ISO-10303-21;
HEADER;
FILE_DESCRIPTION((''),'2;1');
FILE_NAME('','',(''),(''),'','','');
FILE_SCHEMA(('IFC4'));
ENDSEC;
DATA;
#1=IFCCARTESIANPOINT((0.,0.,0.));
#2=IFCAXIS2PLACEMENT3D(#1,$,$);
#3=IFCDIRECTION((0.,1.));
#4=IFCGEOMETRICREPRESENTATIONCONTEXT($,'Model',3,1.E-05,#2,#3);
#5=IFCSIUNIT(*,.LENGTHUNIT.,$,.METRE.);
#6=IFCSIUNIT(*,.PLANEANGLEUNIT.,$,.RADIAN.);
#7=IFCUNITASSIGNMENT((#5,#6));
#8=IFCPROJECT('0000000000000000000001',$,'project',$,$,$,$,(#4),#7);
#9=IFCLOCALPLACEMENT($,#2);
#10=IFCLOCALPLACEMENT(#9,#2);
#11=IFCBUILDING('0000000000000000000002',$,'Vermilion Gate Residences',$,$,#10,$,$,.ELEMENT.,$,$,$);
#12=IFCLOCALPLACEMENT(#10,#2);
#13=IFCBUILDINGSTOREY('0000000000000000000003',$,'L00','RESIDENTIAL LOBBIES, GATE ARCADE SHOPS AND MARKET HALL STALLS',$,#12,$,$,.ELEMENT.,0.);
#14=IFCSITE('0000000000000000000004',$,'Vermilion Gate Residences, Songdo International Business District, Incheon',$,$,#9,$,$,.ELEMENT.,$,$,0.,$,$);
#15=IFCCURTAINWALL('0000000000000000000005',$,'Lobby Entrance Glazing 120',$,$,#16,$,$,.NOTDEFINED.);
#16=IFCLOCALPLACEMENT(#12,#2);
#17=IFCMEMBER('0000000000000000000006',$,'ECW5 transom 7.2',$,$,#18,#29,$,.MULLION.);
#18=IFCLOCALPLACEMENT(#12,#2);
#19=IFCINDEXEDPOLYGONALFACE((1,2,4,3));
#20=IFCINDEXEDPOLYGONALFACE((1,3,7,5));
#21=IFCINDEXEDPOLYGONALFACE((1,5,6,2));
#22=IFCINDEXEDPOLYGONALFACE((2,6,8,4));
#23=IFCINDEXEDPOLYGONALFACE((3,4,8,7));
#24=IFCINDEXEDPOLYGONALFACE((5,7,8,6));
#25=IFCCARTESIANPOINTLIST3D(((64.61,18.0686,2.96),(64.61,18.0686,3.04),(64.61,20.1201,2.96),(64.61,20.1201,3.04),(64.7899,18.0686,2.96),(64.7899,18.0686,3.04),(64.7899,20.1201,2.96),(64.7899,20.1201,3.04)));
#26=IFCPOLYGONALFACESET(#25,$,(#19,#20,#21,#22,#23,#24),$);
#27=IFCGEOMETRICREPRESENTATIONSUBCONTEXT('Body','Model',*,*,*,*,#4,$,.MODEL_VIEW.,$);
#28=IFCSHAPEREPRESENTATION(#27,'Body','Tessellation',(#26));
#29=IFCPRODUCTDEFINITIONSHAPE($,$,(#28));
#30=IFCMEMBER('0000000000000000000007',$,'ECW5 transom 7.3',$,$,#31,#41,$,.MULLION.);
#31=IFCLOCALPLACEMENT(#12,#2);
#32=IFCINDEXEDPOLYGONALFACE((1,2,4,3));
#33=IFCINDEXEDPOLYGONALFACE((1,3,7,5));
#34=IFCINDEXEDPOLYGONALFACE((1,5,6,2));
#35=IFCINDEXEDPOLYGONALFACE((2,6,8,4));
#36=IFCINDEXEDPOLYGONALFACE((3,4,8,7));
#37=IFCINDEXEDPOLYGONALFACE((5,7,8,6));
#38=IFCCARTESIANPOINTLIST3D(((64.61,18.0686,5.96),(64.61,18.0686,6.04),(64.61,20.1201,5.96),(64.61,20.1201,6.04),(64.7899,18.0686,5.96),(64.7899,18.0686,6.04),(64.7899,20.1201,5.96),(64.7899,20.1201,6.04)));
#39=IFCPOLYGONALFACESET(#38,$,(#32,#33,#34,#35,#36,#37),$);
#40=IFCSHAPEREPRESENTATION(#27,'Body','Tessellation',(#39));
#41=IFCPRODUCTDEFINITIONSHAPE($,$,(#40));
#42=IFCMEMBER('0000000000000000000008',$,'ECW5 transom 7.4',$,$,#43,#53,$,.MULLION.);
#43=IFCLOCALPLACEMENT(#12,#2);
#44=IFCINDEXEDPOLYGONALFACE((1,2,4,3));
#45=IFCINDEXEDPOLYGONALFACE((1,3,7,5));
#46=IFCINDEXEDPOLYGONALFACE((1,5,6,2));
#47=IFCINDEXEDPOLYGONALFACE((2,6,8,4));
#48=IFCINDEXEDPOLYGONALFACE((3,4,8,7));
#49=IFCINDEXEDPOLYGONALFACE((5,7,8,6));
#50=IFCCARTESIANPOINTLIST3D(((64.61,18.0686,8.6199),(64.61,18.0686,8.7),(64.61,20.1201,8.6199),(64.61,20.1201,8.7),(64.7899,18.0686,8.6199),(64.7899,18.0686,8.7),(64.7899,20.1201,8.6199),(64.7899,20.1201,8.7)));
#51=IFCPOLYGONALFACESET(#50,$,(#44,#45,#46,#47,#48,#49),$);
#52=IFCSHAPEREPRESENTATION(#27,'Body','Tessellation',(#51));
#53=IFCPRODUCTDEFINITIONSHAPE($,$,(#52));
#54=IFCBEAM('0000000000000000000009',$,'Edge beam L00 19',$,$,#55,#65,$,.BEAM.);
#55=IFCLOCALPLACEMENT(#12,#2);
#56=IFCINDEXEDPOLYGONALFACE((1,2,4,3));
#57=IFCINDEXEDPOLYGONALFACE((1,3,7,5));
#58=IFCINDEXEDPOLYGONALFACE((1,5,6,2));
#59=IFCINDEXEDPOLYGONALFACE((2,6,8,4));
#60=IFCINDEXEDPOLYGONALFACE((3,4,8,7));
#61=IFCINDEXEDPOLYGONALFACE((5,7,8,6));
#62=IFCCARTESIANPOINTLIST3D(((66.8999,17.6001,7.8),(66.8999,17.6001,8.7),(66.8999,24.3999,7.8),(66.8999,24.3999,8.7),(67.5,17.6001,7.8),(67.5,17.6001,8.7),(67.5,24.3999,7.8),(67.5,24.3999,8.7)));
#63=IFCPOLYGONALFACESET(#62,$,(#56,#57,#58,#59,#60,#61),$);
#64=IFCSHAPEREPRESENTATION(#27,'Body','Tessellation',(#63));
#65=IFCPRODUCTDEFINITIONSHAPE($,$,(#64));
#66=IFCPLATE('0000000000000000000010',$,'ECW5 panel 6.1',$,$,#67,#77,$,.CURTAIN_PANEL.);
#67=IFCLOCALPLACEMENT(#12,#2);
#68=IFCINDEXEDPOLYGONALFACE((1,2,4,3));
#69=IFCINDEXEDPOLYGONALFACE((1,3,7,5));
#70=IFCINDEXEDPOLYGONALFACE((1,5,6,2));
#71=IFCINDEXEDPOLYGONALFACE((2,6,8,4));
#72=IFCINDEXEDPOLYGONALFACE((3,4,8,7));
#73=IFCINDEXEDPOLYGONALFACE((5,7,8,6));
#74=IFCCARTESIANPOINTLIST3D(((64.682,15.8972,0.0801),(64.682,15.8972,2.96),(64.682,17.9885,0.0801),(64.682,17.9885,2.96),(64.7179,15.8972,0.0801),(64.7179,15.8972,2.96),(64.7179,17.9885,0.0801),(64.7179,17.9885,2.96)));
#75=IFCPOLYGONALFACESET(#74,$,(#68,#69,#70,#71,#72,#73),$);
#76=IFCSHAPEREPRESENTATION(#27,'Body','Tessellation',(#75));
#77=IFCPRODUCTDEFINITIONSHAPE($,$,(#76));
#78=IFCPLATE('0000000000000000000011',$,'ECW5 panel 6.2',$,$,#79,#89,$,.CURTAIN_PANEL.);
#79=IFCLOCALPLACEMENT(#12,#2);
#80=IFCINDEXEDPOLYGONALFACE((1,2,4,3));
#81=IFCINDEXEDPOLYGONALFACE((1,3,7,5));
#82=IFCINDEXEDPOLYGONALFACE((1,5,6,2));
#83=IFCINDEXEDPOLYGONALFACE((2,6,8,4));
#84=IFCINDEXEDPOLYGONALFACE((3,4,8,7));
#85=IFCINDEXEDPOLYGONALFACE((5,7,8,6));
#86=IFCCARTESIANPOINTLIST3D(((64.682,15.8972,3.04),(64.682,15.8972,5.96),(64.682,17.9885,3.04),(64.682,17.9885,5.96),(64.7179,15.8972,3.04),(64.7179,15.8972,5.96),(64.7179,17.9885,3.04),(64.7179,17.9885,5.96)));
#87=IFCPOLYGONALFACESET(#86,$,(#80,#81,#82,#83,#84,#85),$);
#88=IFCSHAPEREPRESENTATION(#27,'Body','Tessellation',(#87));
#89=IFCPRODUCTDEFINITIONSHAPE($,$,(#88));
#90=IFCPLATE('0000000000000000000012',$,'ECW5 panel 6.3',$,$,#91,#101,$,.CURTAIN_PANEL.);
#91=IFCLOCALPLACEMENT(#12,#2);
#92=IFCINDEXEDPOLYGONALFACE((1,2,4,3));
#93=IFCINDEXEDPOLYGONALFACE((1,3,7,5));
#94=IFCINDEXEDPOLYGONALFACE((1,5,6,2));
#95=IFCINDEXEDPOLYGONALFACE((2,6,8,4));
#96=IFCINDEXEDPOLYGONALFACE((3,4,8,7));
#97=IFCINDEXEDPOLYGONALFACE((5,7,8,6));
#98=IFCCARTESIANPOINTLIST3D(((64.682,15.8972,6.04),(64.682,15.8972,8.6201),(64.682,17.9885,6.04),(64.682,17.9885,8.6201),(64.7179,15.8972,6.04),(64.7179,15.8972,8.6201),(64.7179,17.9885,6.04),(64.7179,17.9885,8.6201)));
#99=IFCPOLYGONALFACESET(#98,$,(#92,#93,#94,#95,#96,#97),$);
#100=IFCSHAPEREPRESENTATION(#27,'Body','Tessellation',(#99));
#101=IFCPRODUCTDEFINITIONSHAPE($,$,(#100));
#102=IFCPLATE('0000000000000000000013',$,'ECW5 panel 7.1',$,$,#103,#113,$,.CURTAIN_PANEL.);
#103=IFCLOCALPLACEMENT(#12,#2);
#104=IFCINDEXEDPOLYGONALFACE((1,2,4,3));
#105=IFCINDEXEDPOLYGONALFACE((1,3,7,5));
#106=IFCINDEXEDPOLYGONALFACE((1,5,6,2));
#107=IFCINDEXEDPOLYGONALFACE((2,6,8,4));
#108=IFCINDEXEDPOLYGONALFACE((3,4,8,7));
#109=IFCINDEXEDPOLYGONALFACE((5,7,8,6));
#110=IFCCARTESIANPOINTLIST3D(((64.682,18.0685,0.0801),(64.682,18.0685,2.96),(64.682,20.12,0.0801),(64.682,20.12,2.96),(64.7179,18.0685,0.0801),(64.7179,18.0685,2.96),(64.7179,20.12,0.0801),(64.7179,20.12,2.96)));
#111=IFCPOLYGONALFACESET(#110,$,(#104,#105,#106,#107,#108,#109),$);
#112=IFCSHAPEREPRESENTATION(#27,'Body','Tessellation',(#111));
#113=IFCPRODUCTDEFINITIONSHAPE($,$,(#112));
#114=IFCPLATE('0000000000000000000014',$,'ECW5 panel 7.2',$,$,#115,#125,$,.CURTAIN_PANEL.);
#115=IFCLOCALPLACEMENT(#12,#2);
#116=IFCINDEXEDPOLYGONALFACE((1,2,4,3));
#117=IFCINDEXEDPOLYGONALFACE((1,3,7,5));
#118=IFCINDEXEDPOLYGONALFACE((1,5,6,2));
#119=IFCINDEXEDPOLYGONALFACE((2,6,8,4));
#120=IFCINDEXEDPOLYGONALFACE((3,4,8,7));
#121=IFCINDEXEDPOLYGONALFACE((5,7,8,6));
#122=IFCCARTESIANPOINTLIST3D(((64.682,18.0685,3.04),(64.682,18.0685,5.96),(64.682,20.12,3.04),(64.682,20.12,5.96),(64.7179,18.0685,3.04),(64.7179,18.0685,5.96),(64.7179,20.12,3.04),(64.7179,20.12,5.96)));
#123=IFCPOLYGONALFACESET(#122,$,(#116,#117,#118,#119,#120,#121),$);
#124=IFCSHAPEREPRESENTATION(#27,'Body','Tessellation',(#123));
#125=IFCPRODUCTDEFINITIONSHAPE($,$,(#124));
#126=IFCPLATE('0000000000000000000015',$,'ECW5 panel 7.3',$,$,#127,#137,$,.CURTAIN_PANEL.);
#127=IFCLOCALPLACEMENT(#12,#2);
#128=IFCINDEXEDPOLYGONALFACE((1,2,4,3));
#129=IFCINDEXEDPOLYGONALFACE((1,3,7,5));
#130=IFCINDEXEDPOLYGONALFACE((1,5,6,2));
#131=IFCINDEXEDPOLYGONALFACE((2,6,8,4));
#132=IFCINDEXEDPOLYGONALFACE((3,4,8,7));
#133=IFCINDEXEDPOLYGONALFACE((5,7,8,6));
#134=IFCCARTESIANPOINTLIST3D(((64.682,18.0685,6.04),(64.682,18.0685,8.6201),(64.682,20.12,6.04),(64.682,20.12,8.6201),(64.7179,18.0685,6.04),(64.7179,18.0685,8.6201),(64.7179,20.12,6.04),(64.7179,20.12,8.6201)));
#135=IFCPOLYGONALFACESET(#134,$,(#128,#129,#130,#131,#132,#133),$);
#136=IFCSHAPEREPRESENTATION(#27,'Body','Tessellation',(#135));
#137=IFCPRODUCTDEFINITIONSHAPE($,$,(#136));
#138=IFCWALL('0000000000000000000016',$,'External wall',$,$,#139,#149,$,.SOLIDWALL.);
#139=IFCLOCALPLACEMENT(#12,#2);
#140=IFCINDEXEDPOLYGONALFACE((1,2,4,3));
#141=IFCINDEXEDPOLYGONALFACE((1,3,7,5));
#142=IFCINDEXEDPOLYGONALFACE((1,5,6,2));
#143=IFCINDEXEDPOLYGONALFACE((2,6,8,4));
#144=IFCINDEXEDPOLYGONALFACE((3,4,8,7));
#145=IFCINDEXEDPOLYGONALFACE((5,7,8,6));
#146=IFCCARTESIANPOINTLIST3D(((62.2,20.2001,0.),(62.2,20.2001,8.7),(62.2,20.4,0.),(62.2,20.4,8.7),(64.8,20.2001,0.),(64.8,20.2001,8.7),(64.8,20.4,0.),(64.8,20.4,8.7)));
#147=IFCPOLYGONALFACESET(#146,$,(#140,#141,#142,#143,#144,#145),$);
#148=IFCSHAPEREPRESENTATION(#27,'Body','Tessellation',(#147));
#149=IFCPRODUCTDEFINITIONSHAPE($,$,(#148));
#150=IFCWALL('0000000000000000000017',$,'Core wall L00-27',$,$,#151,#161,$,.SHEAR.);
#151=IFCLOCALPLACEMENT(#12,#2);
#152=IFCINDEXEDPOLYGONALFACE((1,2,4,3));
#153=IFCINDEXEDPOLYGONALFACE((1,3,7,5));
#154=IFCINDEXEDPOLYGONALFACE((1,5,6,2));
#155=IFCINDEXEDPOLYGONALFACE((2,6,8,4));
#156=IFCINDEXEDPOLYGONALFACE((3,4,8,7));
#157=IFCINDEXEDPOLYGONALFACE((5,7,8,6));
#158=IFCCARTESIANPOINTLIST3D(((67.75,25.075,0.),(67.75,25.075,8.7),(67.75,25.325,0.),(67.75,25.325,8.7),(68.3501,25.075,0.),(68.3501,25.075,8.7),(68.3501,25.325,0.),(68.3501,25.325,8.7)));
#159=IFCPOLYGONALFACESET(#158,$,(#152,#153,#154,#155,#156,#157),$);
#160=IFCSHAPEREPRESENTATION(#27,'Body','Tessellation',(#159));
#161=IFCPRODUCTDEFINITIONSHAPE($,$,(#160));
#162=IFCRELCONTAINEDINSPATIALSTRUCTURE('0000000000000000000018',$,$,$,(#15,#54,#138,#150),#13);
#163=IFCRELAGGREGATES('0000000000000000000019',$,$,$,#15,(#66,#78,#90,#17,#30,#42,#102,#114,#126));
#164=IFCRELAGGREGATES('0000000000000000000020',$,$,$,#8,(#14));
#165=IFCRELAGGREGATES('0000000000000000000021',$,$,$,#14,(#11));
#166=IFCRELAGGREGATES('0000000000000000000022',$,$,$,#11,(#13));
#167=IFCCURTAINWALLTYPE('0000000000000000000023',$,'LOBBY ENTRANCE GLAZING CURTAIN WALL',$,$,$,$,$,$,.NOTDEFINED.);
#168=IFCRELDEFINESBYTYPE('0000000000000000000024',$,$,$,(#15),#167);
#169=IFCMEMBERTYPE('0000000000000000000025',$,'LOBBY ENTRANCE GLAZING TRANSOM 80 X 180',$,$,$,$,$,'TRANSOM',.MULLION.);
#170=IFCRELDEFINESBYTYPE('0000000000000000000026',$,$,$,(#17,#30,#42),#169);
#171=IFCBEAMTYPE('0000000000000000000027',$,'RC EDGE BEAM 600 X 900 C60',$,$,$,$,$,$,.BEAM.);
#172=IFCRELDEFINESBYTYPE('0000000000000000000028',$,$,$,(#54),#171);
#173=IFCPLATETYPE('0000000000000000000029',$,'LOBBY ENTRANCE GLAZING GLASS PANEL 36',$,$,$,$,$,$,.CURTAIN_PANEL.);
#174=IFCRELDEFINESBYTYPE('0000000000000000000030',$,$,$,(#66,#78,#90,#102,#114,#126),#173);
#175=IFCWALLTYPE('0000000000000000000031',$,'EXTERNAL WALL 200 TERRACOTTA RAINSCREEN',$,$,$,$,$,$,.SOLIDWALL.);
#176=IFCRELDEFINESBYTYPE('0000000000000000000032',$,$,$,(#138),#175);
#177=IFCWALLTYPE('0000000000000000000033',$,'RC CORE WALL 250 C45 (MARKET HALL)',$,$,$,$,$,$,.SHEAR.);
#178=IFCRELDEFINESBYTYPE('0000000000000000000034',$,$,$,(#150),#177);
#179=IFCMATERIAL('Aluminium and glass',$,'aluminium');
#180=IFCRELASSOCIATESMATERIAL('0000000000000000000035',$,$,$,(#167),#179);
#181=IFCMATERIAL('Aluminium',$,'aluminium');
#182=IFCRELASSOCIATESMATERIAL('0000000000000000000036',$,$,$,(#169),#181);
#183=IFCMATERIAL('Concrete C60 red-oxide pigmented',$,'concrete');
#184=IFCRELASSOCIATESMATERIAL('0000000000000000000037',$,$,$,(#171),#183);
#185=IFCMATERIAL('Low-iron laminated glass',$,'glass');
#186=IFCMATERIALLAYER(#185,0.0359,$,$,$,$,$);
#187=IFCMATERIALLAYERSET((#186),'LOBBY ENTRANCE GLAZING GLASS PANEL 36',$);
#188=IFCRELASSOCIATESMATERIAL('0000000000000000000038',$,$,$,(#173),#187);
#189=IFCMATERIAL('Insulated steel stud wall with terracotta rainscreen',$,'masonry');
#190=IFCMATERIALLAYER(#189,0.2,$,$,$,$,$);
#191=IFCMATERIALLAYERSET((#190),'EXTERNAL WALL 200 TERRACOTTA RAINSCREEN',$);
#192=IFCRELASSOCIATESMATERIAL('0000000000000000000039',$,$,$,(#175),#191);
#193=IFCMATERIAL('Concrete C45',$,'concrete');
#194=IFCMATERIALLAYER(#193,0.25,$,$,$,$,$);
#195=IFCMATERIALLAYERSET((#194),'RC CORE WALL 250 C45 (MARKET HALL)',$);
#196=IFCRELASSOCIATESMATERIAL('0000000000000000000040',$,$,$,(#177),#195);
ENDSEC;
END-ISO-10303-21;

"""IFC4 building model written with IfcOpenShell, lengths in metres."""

from ifc_helpers import new_model, si_unit, direction, frame, frame_2d, origin, origin_2d, place, context, subcontext, project, spatial, rectangle, extrude, material, layer, layer_set, material_profile, profile_set, type_object, element, aggregate, save


model = new_model("IFC4")

# Units and contexts
model_context = context("Model", 3, precision=1e-05, world=origin(), true_north=direction((0.0, 1.0)))
body_context = subcontext(model_context, "Body", "Model", "MODEL_VIEW")
ifc_project = project(units=[si_unit("LENGTHUNIT", "METRE"), si_unit("PLANEANGLEUNIT", "RADIAN")], contexts=[model_context])

# Site, building, storey
site_placement = place(None, origin())
site = spatial("IfcSite", under=ifc_project, at=site_placement, Name="Vermilion Gate Residences, Songdo International Business District, Incheon", CompositionType="ELEMENT", RefElevation=0.0)
building_placement = place(site_placement, origin())
building = spatial("IfcBuilding", under=site, at=building_placement, Name="Vermilion Gate Residences", CompositionType="ELEMENT")
storey_placement = place(building_placement, origin())
storey = spatial("IfcBuildingStorey", under=building, at=storey_placement, Name="L00", Description="RESIDENTIAL LOBBIES, GATE ARCADE SHOPS AND MARKET HALL STALLS", CompositionType="ELEMENT", Elevation=0.0)

# Curtain wall, members
ifc_material_1 = material(Name="Aluminium and glass", Category="aluminium")
curtain_wall_type = type_object("IfcCurtainWallType", Name="LOBBY ENTRANCE GLAZING CURTAIN WALL", PredefinedType="NOTDEFINED", material=ifc_material_1)
curtain_wall_placement = place(storey_placement, origin())
curtain_wall = element("IfcCurtainWall", 1, at=curtain_wall_placement, inside=storey, type_object=curtain_wall_type, Name="Lobby Entrance Glazing 120", PredefinedType="NOTDEFINED")
ifc_material_2 = material(Name="Aluminium", Category="aluminium")
ifc_material_profile_1 = material_profile(ifc_material_2, rectangle(XDim=0.1799, YDim=0.0801, at=origin_2d()), Name="TRANSOM 80 X 180")
ifc_profile_set_1 = profile_set([ifc_material_profile_1], Name="Aluminium")
member_type = type_object("IfcMemberType", Name="LOBBY ENTRANCE GLAZING TRANSOM 80 X 180", ElementType="TRANSOM", PredefinedType="MULLION", material=ifc_profile_set_1)
member_1_placement = place(storey_placement, frame((64.7, 18.0686, 3.0), z_axis=(0.0, 1.0, 0.0), x_axis=(-1.0, 0.0, 0.0)))
member_1 = element("IfcMember", 2, at=member_1_placement, type_object=member_type, Name="ECW5 transom 7.2", PredefinedType="MULLION", context=body_context, shape_type="SweptSolid", body=[
    extrude(rectangle(XDim=0.1799, YDim=0.0801, at=origin_2d()), origin(), (0.0, 0.0, 1.0), 2.0515),
])
member_2_placement = place(storey_placement, frame((64.7, 18.0686, 6.0), z_axis=(0.0, 1.0, 0.0), x_axis=(-1.0, 0.0, 0.0)))
member_2 = element("IfcMember", 3, at=member_2_placement, type_object=member_type, Name="ECW5 transom 7.3", PredefinedType="MULLION", context=body_context, shape_type="SweptSolid", body=[
    extrude(rectangle(XDim=0.1799, YDim=0.0801, at=origin_2d()), origin(), (0.0, 0.0, 1.0), 2.0515),
])
member_3_placement = place(storey_placement, frame((64.7, 18.0686, 8.6599), z_axis=(0.0, 1.0, 0.0), x_axis=(-1.0, 0.0, 0.0)))
member_3 = element("IfcMember", 4, at=member_3_placement, type_object=member_type, Name="ECW5 transom 7.4", PredefinedType="MULLION", context=body_context, shape_type="SweptSolid", body=[
    extrude(rectangle(XDim=0.1799, YDim=0.0801, at=origin_2d()), origin(), (0.0, 0.0, 1.0), 2.0515),
])

# Beam
ifc_material_3 = material(Name="Concrete C60 red-oxide pigmented", Category="concrete")
ifc_material_profile_2 = material_profile(ifc_material_3, rectangle(XDim=0.6001, YDim=0.8999, at=origin_2d()), Name="RC-600x900")
ifc_profile_set_2 = profile_set([ifc_material_profile_2], Name="Concrete C60 red-oxide pigmented")
beam_type = type_object("IfcBeamType", Name="RC EDGE BEAM 600 X 900 C60", PredefinedType="BEAM", material=ifc_profile_set_2)
beam_placement = place(storey_placement, frame((67.2, 17.6001, 8.25), z_axis=(0.0, 1.0, 0.0), x_axis=(-1.0, 0.0, 0.0)))
element("IfcBeam", 5, at=beam_placement, inside=storey, type_object=beam_type, Name="Edge beam L00 19", PredefinedType="BEAM", context=body_context, shape_type="SweptSolid", body=[
    extrude(rectangle(XDim=0.6001, YDim=0.8999, at=origin_2d()), origin(), (0.0, 0.0, 1.0), 6.7998),
])

# Plates
ifc_material_4 = material(Name="Low-iron laminated glass", Category="glass")
ifc_layer_1 = layer(ifc_material_4, 0.0359)
ifc_layer_set_1 = layer_set([ifc_layer_1], Name="LOBBY ENTRANCE GLAZING GLASS PANEL 36")
plate_type = type_object("IfcPlateType", Name="LOBBY ENTRANCE GLAZING GLASS PANEL 36", PredefinedType="CURTAIN_PANEL", material=ifc_layer_set_1)
plate_1_placement = place(storey_placement, frame((64.7, 16.9429, 0.0801), z_axis=(0.0, 0.0, 1.0), x_axis=(0.0, 1.0, 0.0)))
plate_1 = element("IfcPlate", 6, at=plate_1_placement, type_object=plate_type, Name="ECW5 panel 6.1", PredefinedType="CURTAIN_PANEL", context=body_context, shape_type="SweptSolid", body=[
    extrude(rectangle(XDim=2.0913, YDim=0.0359, at=origin_2d()), origin(), (0.0, 0.0, 1.0), 2.8799),
])
plate_2_placement = place(storey_placement, frame((64.7, 16.9429, 3.04), z_axis=(0.0, 0.0, 1.0), x_axis=(0.0, 1.0, 0.0)))
plate_2 = element("IfcPlate", 7, at=plate_2_placement, type_object=plate_type, Name="ECW5 panel 6.2", PredefinedType="CURTAIN_PANEL", context=body_context, shape_type="SweptSolid", body=[
    extrude(rectangle(XDim=2.0913, YDim=0.0359, at=origin_2d()), origin(), (0.0, 0.0, 1.0), 2.9199),
])
plate_3_placement = place(storey_placement, frame((64.7, 16.9429, 6.04), z_axis=(0.0, 0.0, 1.0), x_axis=(0.0, 1.0, 0.0)))
plate_3 = element("IfcPlate", 8, at=plate_3_placement, type_object=plate_type, Name="ECW5 panel 6.3", PredefinedType="CURTAIN_PANEL", context=body_context, shape_type="SweptSolid", body=[
    extrude(rectangle(XDim=2.0913, YDim=0.0359, at=origin_2d()), origin(), (0.0, 0.0, 1.0), 2.5801),
])
plate_4_placement = place(storey_placement, frame((64.7, 19.0942, 0.0801), z_axis=(0.0, 0.0, 1.0), x_axis=(0.0, 1.0, 0.0)))
plate_4 = element("IfcPlate", 9, at=plate_4_placement, type_object=plate_type, Name="ECW5 panel 7.1", PredefinedType="CURTAIN_PANEL", context=body_context, shape_type="SweptSolid", body=[
    extrude(rectangle(XDim=2.0515, YDim=0.0359, at=origin_2d()), origin(), (0.0, 0.0, 1.0), 2.8799),
])
plate_5_placement = place(storey_placement, frame((64.7, 19.0942, 3.04), z_axis=(0.0, 0.0, 1.0), x_axis=(0.0, 1.0, 0.0)))
plate_5 = element("IfcPlate", 10, at=plate_5_placement, type_object=plate_type, Name="ECW5 panel 7.2", PredefinedType="CURTAIN_PANEL", context=body_context, shape_type="SweptSolid", body=[
    extrude(rectangle(XDim=2.0515, YDim=0.0359, at=origin_2d()), origin(), (0.0, 0.0, 1.0), 2.9199),
])
plate_6_placement = place(storey_placement, frame((64.7, 19.0942, 6.04), z_axis=(0.0, 0.0, 1.0), x_axis=(0.0, 1.0, 0.0)))
plate_6 = element("IfcPlate", 11, at=plate_6_placement, type_object=plate_type, Name="ECW5 panel 7.3", PredefinedType="CURTAIN_PANEL", context=body_context, shape_type="SweptSolid", body=[
    extrude(rectangle(XDim=2.0515, YDim=0.0359, at=origin_2d()), origin(), (0.0, 0.0, 1.0), 2.5801),
])
aggregate(curtain_wall, [plate_1, plate_2, plate_3, member_1, member_2, member_3, plate_4, plate_5, plate_6])

# Walls
ifc_material_5 = material(Name="Insulated steel stud wall with terracotta rainscreen", Category="masonry")
ifc_layer_2 = layer(ifc_material_5, 0.2)
ifc_layer_set_2 = layer_set([ifc_layer_2], Name="EXTERNAL WALL 200 TERRACOTTA RAINSCREEN")
wall_type_1 = type_object("IfcWallType", Name="EXTERNAL WALL 200 TERRACOTTA RAINSCREEN", PredefinedType="SOLIDWALL", material=ifc_layer_set_2)
wall_1_placement = place(storey_placement, frame((64.8, 20.3, 0.0), z_axis=(0.0, 0.0, 1.0), x_axis=(-1.0, 0.0, 0.0)))
element("IfcWall", 12, at=wall_1_placement, inside=storey, type_object=wall_type_1, Name="External wall", PredefinedType="SOLIDWALL", context=body_context, shape_type="SweptSolid", body=[
    extrude(rectangle(XDim=2.6001, YDim=0.2, at=frame_2d((1.3, 0.0))), origin(), (0.0, 0.0, 1.0), 8.7),
])
ifc_material_6 = material(Name="Concrete C45", Category="concrete")
ifc_layer_3 = layer(ifc_material_6, 0.25)
ifc_layer_set_3 = layer_set([ifc_layer_3], Name="RC CORE WALL 250 C45 (MARKET HALL)")
wall_type_2 = type_object("IfcWallType", Name="RC CORE WALL 250 C45 (MARKET HALL)", PredefinedType="SHEAR", material=ifc_layer_set_3)
wall_2_placement = place(storey_placement, frame((67.75, 25.2, 0.0), z_axis=(0.0, 0.0, 1.0), x_axis=(1.0, 0.0, 0.0)))
element("IfcWall", 13, at=wall_2_placement, inside=storey, type_object=wall_type_2, Name="Core wall L00-27", PredefinedType="SHEAR", context=body_context, shape_type="SweptSolid", body=[
    extrude(rectangle(XDim=0.6001, YDim=0.25, at=frame_2d((0.3, 0.0))), origin(), (0.0, 0.0, 1.0), 8.7),
])

save(model, "model.ifc")
